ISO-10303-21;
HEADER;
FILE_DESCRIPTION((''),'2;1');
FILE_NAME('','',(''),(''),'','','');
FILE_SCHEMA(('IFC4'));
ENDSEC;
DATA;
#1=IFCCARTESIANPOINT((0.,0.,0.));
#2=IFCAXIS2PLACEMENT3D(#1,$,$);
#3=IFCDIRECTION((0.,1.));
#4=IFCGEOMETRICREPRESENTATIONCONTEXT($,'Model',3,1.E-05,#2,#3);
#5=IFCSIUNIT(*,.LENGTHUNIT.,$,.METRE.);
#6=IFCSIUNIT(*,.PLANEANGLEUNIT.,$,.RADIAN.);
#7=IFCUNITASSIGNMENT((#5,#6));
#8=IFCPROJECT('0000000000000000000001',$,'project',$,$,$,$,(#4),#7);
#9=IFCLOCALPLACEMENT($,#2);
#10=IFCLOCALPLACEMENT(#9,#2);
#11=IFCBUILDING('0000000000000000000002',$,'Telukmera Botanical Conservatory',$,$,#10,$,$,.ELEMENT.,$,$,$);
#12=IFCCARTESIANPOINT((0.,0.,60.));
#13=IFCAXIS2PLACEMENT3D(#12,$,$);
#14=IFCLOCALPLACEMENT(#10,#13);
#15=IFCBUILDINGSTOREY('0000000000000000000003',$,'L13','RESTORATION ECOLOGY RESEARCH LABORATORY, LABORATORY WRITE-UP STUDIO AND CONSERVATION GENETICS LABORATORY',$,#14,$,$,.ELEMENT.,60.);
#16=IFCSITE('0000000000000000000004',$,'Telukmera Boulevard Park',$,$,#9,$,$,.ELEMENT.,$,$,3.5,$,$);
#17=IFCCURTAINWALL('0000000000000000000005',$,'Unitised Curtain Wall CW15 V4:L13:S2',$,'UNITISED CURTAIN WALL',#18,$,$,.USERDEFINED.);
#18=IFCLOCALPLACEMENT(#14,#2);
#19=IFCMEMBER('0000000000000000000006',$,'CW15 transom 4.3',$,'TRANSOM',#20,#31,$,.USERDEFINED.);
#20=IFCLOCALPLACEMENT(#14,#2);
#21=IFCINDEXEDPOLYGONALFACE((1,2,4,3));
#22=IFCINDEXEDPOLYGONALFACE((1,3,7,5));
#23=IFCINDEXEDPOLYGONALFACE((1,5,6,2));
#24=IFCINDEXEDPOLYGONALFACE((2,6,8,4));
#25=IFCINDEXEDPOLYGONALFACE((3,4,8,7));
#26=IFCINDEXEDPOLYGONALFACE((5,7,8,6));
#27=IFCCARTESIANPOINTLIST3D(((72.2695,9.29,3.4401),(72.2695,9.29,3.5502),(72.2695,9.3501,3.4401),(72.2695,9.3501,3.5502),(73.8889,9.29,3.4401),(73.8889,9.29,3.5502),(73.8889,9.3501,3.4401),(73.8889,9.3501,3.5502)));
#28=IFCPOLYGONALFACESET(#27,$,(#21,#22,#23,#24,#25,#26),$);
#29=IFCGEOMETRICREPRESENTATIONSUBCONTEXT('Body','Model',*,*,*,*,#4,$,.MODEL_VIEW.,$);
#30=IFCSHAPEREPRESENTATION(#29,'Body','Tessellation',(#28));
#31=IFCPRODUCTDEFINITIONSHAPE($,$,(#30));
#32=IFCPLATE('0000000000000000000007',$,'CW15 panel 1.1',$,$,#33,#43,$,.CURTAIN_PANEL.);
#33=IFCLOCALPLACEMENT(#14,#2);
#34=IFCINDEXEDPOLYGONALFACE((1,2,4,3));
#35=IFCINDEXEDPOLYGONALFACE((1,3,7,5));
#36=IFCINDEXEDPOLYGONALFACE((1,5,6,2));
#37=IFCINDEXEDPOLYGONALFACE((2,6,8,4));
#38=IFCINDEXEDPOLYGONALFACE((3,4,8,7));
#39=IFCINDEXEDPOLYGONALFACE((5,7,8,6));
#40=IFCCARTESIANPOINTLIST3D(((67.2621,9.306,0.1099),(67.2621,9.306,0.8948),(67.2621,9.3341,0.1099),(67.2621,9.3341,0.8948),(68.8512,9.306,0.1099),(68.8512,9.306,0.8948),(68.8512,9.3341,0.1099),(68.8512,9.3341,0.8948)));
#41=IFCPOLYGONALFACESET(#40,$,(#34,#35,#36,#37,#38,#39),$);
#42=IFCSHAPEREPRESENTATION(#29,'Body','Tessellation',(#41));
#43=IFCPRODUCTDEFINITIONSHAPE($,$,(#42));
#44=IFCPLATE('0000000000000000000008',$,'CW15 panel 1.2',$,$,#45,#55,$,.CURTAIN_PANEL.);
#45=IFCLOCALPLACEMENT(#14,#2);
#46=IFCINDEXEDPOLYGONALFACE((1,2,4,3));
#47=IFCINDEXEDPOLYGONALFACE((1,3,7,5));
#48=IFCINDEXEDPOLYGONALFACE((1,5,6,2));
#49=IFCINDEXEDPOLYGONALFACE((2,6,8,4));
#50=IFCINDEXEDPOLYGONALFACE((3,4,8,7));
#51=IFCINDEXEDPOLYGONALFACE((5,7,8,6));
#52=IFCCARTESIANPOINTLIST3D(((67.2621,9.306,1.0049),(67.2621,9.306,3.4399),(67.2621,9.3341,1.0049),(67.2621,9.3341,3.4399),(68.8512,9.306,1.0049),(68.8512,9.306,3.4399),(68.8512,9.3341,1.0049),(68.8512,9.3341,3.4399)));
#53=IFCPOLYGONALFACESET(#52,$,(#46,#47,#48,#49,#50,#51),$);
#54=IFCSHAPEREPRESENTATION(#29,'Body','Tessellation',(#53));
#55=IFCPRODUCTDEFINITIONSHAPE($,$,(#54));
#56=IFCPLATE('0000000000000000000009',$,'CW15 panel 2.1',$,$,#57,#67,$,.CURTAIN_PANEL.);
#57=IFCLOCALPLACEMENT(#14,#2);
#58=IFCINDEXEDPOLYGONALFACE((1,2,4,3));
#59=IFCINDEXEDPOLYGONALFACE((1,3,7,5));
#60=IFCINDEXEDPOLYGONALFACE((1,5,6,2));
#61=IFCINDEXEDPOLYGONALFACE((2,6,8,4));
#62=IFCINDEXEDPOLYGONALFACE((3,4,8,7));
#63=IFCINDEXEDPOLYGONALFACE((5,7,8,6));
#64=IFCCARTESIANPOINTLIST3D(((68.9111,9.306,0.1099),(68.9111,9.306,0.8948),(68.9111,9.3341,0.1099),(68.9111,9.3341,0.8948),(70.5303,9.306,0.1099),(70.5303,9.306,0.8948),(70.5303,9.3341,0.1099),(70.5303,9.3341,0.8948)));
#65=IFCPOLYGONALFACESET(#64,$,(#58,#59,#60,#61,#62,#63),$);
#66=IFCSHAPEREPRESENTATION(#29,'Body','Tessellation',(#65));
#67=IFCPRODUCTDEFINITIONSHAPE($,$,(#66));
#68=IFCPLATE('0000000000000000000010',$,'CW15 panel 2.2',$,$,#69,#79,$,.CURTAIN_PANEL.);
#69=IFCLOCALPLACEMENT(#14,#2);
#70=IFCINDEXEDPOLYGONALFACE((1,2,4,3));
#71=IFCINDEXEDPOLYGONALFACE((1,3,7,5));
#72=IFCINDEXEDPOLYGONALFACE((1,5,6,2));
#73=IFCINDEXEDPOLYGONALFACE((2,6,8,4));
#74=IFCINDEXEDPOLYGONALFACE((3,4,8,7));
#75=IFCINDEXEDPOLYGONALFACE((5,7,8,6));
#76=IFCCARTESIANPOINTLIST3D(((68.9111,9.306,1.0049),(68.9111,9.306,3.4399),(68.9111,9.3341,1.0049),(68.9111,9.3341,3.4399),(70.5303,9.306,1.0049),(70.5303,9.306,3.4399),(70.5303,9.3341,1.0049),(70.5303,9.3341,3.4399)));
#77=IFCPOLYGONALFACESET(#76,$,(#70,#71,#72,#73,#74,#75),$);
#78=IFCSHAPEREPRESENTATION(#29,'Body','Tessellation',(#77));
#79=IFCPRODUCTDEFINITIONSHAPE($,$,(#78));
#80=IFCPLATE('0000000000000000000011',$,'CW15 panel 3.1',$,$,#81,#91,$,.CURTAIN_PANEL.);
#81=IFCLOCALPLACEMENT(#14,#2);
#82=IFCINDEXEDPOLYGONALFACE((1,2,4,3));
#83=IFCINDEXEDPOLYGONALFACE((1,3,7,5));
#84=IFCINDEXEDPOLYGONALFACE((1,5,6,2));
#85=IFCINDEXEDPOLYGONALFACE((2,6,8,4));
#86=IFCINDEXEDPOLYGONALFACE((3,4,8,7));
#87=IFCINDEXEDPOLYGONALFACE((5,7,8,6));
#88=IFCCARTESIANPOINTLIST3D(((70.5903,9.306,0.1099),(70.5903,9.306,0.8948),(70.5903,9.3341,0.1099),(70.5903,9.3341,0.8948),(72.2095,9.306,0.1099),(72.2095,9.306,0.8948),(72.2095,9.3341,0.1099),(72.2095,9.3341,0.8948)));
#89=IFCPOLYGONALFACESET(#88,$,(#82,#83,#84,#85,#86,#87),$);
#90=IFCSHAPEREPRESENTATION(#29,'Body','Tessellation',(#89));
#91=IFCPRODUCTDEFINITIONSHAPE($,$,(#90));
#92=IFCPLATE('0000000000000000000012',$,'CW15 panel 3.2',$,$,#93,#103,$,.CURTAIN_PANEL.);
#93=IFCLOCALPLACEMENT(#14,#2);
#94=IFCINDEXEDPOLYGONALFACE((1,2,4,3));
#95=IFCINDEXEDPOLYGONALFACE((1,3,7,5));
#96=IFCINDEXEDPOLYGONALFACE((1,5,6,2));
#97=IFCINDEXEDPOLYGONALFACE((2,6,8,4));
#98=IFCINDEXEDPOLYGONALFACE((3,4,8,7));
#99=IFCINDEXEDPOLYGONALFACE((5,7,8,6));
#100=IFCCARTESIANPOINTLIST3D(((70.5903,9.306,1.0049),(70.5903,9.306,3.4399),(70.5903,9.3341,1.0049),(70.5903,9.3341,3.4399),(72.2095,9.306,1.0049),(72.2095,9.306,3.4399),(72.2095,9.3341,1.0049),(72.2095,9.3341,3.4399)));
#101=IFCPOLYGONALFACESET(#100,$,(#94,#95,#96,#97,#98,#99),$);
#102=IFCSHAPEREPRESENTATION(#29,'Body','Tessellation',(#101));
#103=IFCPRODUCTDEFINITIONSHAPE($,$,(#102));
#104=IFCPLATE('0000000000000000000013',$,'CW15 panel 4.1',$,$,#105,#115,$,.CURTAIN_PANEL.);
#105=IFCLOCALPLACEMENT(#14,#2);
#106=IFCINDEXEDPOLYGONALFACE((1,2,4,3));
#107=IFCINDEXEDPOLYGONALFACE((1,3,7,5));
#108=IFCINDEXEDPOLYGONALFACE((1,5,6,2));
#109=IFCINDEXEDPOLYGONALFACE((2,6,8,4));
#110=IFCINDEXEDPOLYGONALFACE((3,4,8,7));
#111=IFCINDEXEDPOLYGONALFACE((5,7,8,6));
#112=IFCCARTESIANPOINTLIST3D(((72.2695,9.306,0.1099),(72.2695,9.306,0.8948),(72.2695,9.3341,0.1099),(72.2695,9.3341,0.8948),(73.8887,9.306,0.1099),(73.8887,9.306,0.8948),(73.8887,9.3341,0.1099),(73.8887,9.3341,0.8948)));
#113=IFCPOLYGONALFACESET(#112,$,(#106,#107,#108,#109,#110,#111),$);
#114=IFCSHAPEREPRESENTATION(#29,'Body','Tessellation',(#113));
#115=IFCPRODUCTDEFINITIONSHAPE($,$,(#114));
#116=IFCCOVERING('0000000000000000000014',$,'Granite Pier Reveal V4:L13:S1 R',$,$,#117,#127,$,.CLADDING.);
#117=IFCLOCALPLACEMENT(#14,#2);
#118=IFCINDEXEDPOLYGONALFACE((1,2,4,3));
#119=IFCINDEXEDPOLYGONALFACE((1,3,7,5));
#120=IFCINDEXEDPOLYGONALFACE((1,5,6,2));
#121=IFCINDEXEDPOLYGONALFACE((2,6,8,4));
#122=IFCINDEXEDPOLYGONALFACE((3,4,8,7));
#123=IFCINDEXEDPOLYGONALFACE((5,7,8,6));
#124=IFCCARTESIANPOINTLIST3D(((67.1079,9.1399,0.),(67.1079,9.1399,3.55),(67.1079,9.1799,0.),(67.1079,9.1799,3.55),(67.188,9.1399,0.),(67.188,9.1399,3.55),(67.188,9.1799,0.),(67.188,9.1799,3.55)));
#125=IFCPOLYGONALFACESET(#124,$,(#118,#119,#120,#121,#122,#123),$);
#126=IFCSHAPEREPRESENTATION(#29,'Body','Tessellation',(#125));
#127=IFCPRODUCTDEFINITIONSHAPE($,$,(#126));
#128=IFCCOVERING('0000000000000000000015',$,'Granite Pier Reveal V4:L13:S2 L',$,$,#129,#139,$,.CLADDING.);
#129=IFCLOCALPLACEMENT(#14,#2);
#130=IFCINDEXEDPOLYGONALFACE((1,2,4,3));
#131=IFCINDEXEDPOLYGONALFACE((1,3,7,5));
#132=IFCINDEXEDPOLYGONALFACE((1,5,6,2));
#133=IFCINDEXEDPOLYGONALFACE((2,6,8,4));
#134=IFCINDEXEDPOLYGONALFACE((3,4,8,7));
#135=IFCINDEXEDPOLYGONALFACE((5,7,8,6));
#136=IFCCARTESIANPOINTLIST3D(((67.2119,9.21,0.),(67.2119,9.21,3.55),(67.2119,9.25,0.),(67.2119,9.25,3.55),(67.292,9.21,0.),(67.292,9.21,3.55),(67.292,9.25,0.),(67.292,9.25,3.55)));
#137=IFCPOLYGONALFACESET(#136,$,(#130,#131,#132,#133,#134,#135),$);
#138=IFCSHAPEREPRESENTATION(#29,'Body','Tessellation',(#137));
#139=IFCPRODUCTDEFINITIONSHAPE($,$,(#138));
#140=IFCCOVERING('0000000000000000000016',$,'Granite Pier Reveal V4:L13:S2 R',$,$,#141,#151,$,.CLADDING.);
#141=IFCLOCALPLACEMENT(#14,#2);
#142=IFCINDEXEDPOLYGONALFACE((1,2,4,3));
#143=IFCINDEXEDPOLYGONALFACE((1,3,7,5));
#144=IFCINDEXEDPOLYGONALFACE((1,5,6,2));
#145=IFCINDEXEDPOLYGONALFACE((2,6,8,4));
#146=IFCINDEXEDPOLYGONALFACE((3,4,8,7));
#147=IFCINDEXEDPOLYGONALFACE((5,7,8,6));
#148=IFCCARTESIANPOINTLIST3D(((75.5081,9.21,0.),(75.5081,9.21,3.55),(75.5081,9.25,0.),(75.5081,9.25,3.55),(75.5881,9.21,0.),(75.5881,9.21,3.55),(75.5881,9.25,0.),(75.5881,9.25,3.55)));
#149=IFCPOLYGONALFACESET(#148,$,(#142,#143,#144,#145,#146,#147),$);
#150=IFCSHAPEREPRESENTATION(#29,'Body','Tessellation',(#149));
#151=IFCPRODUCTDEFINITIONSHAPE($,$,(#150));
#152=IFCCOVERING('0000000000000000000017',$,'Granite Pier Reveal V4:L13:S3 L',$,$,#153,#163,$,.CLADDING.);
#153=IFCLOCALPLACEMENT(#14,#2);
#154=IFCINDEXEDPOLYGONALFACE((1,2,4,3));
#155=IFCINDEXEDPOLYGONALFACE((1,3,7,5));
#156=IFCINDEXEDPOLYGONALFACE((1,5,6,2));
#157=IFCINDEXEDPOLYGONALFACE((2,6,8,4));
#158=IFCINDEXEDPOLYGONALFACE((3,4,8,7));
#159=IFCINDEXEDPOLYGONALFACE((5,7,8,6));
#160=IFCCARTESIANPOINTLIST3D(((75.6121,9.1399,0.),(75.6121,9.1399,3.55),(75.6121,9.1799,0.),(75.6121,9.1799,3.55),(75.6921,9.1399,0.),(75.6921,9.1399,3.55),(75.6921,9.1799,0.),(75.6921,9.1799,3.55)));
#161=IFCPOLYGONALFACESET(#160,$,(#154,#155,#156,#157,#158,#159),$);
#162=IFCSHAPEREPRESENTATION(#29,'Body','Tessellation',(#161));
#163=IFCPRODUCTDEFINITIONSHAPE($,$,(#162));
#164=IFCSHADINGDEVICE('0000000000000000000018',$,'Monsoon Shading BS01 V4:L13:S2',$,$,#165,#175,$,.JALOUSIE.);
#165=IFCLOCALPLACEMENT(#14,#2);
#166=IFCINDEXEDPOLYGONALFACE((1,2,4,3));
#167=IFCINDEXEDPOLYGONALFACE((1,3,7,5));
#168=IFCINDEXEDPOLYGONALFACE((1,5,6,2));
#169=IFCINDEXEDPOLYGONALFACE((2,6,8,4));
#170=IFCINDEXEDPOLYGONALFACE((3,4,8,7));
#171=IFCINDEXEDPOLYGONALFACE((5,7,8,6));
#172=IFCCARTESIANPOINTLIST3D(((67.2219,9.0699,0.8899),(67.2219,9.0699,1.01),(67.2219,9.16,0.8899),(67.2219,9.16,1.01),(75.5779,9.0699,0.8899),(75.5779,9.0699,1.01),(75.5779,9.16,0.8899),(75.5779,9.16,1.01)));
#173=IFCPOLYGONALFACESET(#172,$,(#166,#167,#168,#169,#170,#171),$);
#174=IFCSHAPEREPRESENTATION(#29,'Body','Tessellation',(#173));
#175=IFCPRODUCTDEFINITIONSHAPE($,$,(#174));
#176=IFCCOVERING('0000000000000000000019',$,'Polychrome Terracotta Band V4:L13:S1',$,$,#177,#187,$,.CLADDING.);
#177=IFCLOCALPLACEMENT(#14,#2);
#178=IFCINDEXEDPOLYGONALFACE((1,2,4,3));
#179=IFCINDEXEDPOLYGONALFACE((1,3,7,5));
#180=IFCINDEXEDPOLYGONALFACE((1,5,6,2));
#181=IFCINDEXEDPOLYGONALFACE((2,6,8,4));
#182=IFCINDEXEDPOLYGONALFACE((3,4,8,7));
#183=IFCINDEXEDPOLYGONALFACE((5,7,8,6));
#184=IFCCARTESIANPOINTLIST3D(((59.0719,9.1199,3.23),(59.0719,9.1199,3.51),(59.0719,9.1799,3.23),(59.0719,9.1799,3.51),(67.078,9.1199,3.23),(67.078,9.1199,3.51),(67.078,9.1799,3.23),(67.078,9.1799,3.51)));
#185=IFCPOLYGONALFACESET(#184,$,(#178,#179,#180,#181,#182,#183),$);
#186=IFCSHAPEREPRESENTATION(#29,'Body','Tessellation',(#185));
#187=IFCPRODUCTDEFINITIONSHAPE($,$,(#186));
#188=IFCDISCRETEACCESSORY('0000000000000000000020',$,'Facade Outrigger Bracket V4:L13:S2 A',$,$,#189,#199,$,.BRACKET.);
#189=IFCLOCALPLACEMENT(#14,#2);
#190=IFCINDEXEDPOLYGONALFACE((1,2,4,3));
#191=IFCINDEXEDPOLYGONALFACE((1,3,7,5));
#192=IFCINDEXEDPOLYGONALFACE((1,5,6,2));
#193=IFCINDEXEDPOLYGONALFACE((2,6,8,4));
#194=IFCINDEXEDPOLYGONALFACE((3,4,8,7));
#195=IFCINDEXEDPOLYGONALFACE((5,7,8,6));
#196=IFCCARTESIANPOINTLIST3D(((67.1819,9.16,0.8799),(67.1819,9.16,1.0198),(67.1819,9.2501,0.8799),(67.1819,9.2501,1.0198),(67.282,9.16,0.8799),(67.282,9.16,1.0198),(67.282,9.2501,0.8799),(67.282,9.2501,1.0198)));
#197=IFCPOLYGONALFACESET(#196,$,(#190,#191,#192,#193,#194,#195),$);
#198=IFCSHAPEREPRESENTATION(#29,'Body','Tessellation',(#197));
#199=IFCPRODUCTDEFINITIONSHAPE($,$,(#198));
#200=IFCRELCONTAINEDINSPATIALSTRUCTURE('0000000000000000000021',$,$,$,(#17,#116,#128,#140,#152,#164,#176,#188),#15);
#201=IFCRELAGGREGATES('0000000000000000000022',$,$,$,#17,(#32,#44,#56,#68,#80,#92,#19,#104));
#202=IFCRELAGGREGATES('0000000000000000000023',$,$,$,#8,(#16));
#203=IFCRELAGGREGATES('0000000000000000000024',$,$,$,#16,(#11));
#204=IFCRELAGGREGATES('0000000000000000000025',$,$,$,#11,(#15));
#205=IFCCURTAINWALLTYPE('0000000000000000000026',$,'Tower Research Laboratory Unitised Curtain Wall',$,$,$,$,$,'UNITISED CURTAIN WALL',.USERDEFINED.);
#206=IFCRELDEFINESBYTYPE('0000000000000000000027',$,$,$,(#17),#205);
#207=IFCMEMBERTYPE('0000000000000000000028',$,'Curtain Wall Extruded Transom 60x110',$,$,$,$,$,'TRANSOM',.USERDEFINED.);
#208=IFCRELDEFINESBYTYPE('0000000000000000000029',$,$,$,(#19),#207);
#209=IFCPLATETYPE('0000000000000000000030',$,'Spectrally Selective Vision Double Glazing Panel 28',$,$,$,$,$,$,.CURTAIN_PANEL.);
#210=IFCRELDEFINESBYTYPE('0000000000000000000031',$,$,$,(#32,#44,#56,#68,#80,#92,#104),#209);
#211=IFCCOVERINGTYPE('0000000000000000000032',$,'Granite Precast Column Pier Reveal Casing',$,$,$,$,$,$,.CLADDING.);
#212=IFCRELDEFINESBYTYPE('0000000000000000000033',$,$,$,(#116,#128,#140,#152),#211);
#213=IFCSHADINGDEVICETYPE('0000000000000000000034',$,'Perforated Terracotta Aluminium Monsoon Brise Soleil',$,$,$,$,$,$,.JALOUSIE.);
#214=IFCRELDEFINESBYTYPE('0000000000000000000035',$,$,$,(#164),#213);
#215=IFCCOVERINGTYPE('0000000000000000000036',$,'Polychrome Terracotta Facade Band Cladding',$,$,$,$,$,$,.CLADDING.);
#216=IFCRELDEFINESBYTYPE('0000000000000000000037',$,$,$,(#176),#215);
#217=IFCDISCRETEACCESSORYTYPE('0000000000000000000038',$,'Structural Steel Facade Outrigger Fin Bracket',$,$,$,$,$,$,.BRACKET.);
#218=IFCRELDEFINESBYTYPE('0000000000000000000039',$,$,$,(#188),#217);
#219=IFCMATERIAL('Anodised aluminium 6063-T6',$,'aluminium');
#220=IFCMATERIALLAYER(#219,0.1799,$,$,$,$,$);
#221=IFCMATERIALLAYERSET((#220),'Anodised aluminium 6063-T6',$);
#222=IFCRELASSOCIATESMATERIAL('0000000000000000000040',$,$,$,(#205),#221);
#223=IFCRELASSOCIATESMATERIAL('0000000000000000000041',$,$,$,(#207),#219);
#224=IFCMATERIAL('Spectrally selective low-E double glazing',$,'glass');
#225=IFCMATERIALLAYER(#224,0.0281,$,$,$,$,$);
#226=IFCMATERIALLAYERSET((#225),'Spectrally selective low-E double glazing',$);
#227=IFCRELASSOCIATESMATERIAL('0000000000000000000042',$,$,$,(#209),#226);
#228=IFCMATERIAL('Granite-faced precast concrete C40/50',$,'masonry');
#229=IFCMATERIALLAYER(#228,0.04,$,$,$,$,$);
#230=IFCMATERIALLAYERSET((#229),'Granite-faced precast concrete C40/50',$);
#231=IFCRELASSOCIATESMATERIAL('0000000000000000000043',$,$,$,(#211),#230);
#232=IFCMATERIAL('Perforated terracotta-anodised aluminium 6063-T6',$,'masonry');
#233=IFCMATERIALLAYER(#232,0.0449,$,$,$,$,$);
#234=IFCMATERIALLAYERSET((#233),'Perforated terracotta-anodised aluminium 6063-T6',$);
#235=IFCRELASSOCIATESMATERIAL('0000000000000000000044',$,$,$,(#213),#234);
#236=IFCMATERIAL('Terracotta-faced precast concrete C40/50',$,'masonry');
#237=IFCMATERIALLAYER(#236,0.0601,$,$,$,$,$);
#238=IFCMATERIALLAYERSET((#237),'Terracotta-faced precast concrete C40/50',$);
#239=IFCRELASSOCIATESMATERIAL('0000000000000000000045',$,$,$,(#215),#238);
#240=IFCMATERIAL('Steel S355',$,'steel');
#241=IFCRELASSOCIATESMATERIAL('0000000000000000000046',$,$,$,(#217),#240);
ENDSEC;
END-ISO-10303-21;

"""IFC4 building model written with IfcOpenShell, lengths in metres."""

from ifc_helpers import new_model, si_unit, direction, frame, origin, origin_2d, place, context, subcontext, project, spatial, rectangle, extrude, material, layer, layer_set, material_profile, profile_set, type_object, element, aggregate, save


model = new_model("IFC4")

# Units and contexts
model_context = context("Model", 3, precision=1e-05, world=origin(), true_north=direction((0.0, 1.0)))
body_context = subcontext(model_context, "Body", "Model", "MODEL_VIEW")
ifc_project = project(units=[si_unit("LENGTHUNIT", "METRE"), si_unit("PLANEANGLEUNIT", "RADIAN")], contexts=[model_context])

# Site, building, storey
site_placement = place(None, origin())
site = spatial("IfcSite", under=ifc_project, at=site_placement, Name="Telukmera Boulevard Park", CompositionType="ELEMENT", RefElevation=3.5)
building_placement = place(site_placement, origin())
building = spatial("IfcBuilding", under=site, at=building_placement, Name="Telukmera Botanical Conservatory", CompositionType="ELEMENT")
storey_placement = place(building_placement, frame((0.0, 0.0, 60.0)))
storey = spatial("IfcBuildingStorey", under=building, at=storey_placement, Name="L13", Description="RESTORATION ECOLOGY RESEARCH LABORATORY, LABORATORY WRITE-UP STUDIO AND CONSERVATION GENETICS LABORATORY", CompositionType="ELEMENT", Elevation=60.0)

# Curtain wall, member, plates
ifc_material_1 = material(Name="Anodised aluminium 6063-T6", Category="aluminium")
ifc_layer_1 = layer(ifc_material_1, 0.1799)
ifc_layer_set_1 = layer_set([ifc_layer_1], Name="Anodised aluminium 6063-T6")
curtain_wall_type = type_object("IfcCurtainWallType", Name="Tower Research Laboratory Unitised Curtain Wall", ElementType="UNITISED CURTAIN WALL", PredefinedType="USERDEFINED", material=ifc_layer_set_1)
curtain_wall_placement = place(storey_placement, origin())
curtain_wall = element("IfcCurtainWall", 1, at=curtain_wall_placement, inside=storey, type_object=curtain_wall_type, Name="Unitised Curtain Wall CW15 V4:L13:S2", ObjectType="UNITISED CURTAIN WALL", PredefinedType="USERDEFINED")
ifc_material_profile_1 = material_profile(ifc_material_1, rectangle(XDim=0.0601, YDim=0.1101, at=origin_2d()), Name="ALU TRAN 60x110")
ifc_profile_set_1 = profile_set([ifc_material_profile_1], Name="Anodised aluminium 6063-T6")
member_type_1 = type_object("IfcMemberType", Name="Curtain Wall Extruded Transom 60x110", ElementType="TRANSOM", PredefinedType="USERDEFINED", material=ifc_profile_set_1)
member_1_placement = place(storey_placement, frame((72.2695, 9.3201, 3.4951), z_axis=(1.0, 0.0, 0.0), x_axis=(0.0, 1.0, 0.0)))
member_1 = element("IfcMember", 2, at=member_1_placement, type_object=member_type_1, Name="CW15 transom 4.3", ObjectType="TRANSOM", PredefinedType="USERDEFINED", context=body_context, shape_type="SweptSolid", body=[
    extrude(rectangle(XDim=0.0601, YDim=0.1101, at=origin_2d()), origin(), (0.0, 0.0, 1.0), 1.6194),
])
ifc_material_2 = material(Name="Spectrally selective low-E double glazing", Category="glass")
ifc_layer_2 = layer(ifc_material_2, 0.0281)
ifc_layer_set_2 = layer_set([ifc_layer_2], Name="Spectrally selective low-E double glazing")
plate_type = type_object("IfcPlateType", Name="Spectrally Selective Vision Double Glazing Panel 28", PredefinedType="CURTAIN_PANEL", material=ifc_layer_set_2)
plate_1_placement = place(storey_placement, frame((68.0566, 9.3201, 0.1099), z_axis=(0.0, 0.0, 1.0), x_axis=(1.0, 0.0, 0.0)))
plate_1 = element("IfcPlate", 3, at=plate_1_placement, type_object=plate_type, Name="CW15 panel 1.1", PredefinedType="CURTAIN_PANEL", context=body_context, shape_type="SweptSolid", body=[
    extrude(rectangle(XDim=1.5891, YDim=0.0281, at=origin_2d()), origin(), (0.0, 0.0, 1.0), 0.7849),
])
plate_2_placement = place(storey_placement, frame((68.0566, 9.3201, 1.0049), z_axis=(0.0, 0.0, 1.0), x_axis=(1.0, 0.0, 0.0)))
plate_2 = element("IfcPlate", 4, at=plate_2_placement, type_object=plate_type, Name="CW15 panel 1.2", PredefinedType="CURTAIN_PANEL", context=body_context, shape_type="SweptSolid", body=[
    extrude(rectangle(XDim=1.5891, YDim=0.0281, at=origin_2d()), origin(), (0.0, 0.0, 1.0), 2.4351),
])
plate_3_placement = place(storey_placement, frame((69.7207, 9.3201, 0.1099), z_axis=(0.0, 0.0, 1.0), x_axis=(1.0, 0.0, 0.0)))
plate_3 = element("IfcPlate", 5, at=plate_3_placement, type_object=plate_type, Name="CW15 panel 2.1", PredefinedType="CURTAIN_PANEL", context=body_context, shape_type="SweptSolid", body=[
    extrude(rectangle(XDim=1.6191, YDim=0.0281, at=origin_2d()), origin(), (0.0, 0.0, 1.0), 0.7849),
])
plate_4_placement = place(storey_placement, frame((69.7207, 9.3201, 1.0049), z_axis=(0.0, 0.0, 1.0), x_axis=(1.0, 0.0, 0.0)))
plate_4 = element("IfcPlate", 6, at=plate_4_placement, type_object=plate_type, Name="CW15 panel 2.2", PredefinedType="CURTAIN_PANEL", context=body_context, shape_type="SweptSolid", body=[
    extrude(rectangle(XDim=1.6191, YDim=0.0281, at=origin_2d()), origin(), (0.0, 0.0, 1.0), 2.4351),
])
plate_5_placement = place(storey_placement, frame((71.3999, 9.3201, 0.1099), z_axis=(0.0, 0.0, 1.0), x_axis=(1.0, 0.0, 0.0)))
plate_5 = element("IfcPlate", 7, at=plate_5_placement, type_object=plate_type, Name="CW15 panel 3.1", PredefinedType="CURTAIN_PANEL", context=body_context, shape_type="SweptSolid", body=[
    extrude(rectangle(XDim=1.6191, YDim=0.0281, at=origin_2d()), origin(), (0.0, 0.0, 1.0), 0.7849),
])
plate_6_placement = place(storey_placement, frame((71.3999, 9.3201, 1.0049), z_axis=(0.0, 0.0, 1.0), x_axis=(1.0, 0.0, 0.0)))
plate_6 = element("IfcPlate", 8, at=plate_6_placement, type_object=plate_type, Name="CW15 panel 3.2", PredefinedType="CURTAIN_PANEL", context=body_context, shape_type="SweptSolid", body=[
    extrude(rectangle(XDim=1.6191, YDim=0.0281, at=origin_2d()), origin(), (0.0, 0.0, 1.0), 2.4351),
])
plate_7_placement = place(storey_placement, frame((73.0791, 9.3201, 0.1099), z_axis=(0.0, 0.0, 1.0), x_axis=(1.0, 0.0, 0.0)))
plate_7 = element("IfcPlate", 9, at=plate_7_placement, type_object=plate_type, Name="CW15 panel 4.1", PredefinedType="CURTAIN_PANEL", context=body_context, shape_type="SweptSolid", body=[
    extrude(rectangle(XDim=1.6191, YDim=0.0281, at=origin_2d()), origin(), (0.0, 0.0, 1.0), 0.7849),
])
aggregate(curtain_wall, [plate_1, plate_2, plate_3, plate_4, plate_5, plate_6, member_1, plate_7])

# Coverings
ifc_material_3 = material(Name="Granite-faced precast concrete C40/50", Category="masonry")
ifc_layer_3 = layer(ifc_material_3, 0.04)
ifc_layer_set_3 = layer_set([ifc_layer_3], Name="Granite-faced precast concrete C40/50")
covering_type_1 = type_object("IfcCoveringType", Name="Granite Precast Column Pier Reveal Casing", PredefinedType="CLADDING", material=ifc_layer_set_3)
for number, where, z_axis, x_axis, name in (
    (10, (67.1479, 9.1599, 0.0), (0.0, 0.0, 1.0), (1.0, 0.0, 0.0), "Granite Pier Reveal V4:L13:S1 R"),
    (11, (67.252, 9.23, 0.0), (0.0, 0.0, 1.0), (1.0, 0.0, 0.0), "Granite Pier Reveal V4:L13:S2 L"),
    (12, (75.5481, 9.23, 0.0), (0.0, 0.0, 1.0), (1.0, 0.0, 0.0), "Granite Pier Reveal V4:L13:S2 R"),
    (13, (75.6521, 9.1599, 0.0), (0.0, 0.0, 1.0), (1.0, 0.0, 0.0), "Granite Pier Reveal V4:L13:S3 L"),
):
    element("IfcCovering", number, at=place(storey_placement, frame(where, z_axis=z_axis, x_axis=x_axis)), inside=storey, type_object=covering_type_1, Name=name, PredefinedType="CLADDING", context=body_context, shape_type="SweptSolid", body=[
        extrude(rectangle(XDim=0.0801, YDim=0.04, at=origin_2d()), origin(), (0.0, 0.0, 1.0), 3.55),
    ])

# Shading device
ifc_material_4 = material(Name="Perforated terracotta-anodised aluminium 6063-T6", Category="masonry")
ifc_layer_4 = layer(ifc_material_4, 0.0449)
ifc_layer_set_4 = layer_set([ifc_layer_4], Name="Perforated terracotta-anodised aluminium 6063-T6")
shading_device_type = type_object("IfcShadingDeviceType", Name="Perforated Terracotta Aluminium Monsoon Brise Soleil", PredefinedType="JALOUSIE", material=ifc_layer_set_4)
shading_device_placement = place(storey_placement, frame((71.3999, 9.115, 0.8899), z_axis=(0.0, 0.0, 1.0), x_axis=(1.0, 0.0, 0.0)))
element("IfcShadingDevice", 14, at=shading_device_placement, inside=storey, type_object=shading_device_type, Name="Monsoon Shading BS01 V4:L13:S2", PredefinedType="JALOUSIE", context=body_context, shape_type="SweptSolid", body=[
    extrude(rectangle(XDim=8.356, YDim=0.0901, at=origin_2d()), origin(), (0.0, 0.0, 1.0), 0.1201),
])

# Covering
ifc_material_5 = material(Name="Terracotta-faced precast concrete C40/50", Category="masonry")
ifc_layer_5 = layer(ifc_material_5, 0.0601)
ifc_layer_set_5 = layer_set([ifc_layer_5], Name="Terracotta-faced precast concrete C40/50")
covering_type_2 = type_object("IfcCoveringType", Name="Polychrome Terracotta Facade Band Cladding", PredefinedType="CLADDING", material=ifc_layer_set_5)
covering_placement = place(storey_placement, frame((63.075, 9.1499, 3.23), z_axis=(0.0, 0.0, 1.0), x_axis=(1.0, 0.0, 0.0)))
element("IfcCovering", 15, at=covering_placement, inside=storey, type_object=covering_type_2, Name="Polychrome Terracotta Band V4:L13:S1", PredefinedType="CLADDING", context=body_context, shape_type="SweptSolid", body=[
    extrude(rectangle(XDim=8.0061, YDim=0.0601, at=origin_2d()), origin(), (0.0, 0.0, 1.0), 0.28),
])

# Discrete accessory
ifc_material_6 = material(Name="Steel S355", Category="steel")
discrete_accessory_type = type_object("IfcDiscreteAccessoryType", Name="Structural Steel Facade Outrigger Fin Bracket", PredefinedType="BRACKET", material=ifc_material_6)
for number, where, z_axis, x_axis, name in (
    (16, (67.2319, 9.2051, 0.8799), (0.0, 0.0, 1.0), (1.0, 0.0, 0.0), "Facade Outrigger Bracket V4:L13:S2 A"),
):
    element("IfcDiscreteAccessory", number, at=place(storey_placement, frame(where, z_axis=z_axis, x_axis=x_axis)), inside=storey, type_object=discrete_accessory_type, Name=name, PredefinedType="BRACKET", context=body_context, shape_type="SweptSolid", body=[
        extrude(rectangle(XDim=0.1001, YDim=0.0901, at=origin_2d()), origin(), (0.0, 0.0, 1.0), 0.1399),
    ])

save(model, "model.ifc")
